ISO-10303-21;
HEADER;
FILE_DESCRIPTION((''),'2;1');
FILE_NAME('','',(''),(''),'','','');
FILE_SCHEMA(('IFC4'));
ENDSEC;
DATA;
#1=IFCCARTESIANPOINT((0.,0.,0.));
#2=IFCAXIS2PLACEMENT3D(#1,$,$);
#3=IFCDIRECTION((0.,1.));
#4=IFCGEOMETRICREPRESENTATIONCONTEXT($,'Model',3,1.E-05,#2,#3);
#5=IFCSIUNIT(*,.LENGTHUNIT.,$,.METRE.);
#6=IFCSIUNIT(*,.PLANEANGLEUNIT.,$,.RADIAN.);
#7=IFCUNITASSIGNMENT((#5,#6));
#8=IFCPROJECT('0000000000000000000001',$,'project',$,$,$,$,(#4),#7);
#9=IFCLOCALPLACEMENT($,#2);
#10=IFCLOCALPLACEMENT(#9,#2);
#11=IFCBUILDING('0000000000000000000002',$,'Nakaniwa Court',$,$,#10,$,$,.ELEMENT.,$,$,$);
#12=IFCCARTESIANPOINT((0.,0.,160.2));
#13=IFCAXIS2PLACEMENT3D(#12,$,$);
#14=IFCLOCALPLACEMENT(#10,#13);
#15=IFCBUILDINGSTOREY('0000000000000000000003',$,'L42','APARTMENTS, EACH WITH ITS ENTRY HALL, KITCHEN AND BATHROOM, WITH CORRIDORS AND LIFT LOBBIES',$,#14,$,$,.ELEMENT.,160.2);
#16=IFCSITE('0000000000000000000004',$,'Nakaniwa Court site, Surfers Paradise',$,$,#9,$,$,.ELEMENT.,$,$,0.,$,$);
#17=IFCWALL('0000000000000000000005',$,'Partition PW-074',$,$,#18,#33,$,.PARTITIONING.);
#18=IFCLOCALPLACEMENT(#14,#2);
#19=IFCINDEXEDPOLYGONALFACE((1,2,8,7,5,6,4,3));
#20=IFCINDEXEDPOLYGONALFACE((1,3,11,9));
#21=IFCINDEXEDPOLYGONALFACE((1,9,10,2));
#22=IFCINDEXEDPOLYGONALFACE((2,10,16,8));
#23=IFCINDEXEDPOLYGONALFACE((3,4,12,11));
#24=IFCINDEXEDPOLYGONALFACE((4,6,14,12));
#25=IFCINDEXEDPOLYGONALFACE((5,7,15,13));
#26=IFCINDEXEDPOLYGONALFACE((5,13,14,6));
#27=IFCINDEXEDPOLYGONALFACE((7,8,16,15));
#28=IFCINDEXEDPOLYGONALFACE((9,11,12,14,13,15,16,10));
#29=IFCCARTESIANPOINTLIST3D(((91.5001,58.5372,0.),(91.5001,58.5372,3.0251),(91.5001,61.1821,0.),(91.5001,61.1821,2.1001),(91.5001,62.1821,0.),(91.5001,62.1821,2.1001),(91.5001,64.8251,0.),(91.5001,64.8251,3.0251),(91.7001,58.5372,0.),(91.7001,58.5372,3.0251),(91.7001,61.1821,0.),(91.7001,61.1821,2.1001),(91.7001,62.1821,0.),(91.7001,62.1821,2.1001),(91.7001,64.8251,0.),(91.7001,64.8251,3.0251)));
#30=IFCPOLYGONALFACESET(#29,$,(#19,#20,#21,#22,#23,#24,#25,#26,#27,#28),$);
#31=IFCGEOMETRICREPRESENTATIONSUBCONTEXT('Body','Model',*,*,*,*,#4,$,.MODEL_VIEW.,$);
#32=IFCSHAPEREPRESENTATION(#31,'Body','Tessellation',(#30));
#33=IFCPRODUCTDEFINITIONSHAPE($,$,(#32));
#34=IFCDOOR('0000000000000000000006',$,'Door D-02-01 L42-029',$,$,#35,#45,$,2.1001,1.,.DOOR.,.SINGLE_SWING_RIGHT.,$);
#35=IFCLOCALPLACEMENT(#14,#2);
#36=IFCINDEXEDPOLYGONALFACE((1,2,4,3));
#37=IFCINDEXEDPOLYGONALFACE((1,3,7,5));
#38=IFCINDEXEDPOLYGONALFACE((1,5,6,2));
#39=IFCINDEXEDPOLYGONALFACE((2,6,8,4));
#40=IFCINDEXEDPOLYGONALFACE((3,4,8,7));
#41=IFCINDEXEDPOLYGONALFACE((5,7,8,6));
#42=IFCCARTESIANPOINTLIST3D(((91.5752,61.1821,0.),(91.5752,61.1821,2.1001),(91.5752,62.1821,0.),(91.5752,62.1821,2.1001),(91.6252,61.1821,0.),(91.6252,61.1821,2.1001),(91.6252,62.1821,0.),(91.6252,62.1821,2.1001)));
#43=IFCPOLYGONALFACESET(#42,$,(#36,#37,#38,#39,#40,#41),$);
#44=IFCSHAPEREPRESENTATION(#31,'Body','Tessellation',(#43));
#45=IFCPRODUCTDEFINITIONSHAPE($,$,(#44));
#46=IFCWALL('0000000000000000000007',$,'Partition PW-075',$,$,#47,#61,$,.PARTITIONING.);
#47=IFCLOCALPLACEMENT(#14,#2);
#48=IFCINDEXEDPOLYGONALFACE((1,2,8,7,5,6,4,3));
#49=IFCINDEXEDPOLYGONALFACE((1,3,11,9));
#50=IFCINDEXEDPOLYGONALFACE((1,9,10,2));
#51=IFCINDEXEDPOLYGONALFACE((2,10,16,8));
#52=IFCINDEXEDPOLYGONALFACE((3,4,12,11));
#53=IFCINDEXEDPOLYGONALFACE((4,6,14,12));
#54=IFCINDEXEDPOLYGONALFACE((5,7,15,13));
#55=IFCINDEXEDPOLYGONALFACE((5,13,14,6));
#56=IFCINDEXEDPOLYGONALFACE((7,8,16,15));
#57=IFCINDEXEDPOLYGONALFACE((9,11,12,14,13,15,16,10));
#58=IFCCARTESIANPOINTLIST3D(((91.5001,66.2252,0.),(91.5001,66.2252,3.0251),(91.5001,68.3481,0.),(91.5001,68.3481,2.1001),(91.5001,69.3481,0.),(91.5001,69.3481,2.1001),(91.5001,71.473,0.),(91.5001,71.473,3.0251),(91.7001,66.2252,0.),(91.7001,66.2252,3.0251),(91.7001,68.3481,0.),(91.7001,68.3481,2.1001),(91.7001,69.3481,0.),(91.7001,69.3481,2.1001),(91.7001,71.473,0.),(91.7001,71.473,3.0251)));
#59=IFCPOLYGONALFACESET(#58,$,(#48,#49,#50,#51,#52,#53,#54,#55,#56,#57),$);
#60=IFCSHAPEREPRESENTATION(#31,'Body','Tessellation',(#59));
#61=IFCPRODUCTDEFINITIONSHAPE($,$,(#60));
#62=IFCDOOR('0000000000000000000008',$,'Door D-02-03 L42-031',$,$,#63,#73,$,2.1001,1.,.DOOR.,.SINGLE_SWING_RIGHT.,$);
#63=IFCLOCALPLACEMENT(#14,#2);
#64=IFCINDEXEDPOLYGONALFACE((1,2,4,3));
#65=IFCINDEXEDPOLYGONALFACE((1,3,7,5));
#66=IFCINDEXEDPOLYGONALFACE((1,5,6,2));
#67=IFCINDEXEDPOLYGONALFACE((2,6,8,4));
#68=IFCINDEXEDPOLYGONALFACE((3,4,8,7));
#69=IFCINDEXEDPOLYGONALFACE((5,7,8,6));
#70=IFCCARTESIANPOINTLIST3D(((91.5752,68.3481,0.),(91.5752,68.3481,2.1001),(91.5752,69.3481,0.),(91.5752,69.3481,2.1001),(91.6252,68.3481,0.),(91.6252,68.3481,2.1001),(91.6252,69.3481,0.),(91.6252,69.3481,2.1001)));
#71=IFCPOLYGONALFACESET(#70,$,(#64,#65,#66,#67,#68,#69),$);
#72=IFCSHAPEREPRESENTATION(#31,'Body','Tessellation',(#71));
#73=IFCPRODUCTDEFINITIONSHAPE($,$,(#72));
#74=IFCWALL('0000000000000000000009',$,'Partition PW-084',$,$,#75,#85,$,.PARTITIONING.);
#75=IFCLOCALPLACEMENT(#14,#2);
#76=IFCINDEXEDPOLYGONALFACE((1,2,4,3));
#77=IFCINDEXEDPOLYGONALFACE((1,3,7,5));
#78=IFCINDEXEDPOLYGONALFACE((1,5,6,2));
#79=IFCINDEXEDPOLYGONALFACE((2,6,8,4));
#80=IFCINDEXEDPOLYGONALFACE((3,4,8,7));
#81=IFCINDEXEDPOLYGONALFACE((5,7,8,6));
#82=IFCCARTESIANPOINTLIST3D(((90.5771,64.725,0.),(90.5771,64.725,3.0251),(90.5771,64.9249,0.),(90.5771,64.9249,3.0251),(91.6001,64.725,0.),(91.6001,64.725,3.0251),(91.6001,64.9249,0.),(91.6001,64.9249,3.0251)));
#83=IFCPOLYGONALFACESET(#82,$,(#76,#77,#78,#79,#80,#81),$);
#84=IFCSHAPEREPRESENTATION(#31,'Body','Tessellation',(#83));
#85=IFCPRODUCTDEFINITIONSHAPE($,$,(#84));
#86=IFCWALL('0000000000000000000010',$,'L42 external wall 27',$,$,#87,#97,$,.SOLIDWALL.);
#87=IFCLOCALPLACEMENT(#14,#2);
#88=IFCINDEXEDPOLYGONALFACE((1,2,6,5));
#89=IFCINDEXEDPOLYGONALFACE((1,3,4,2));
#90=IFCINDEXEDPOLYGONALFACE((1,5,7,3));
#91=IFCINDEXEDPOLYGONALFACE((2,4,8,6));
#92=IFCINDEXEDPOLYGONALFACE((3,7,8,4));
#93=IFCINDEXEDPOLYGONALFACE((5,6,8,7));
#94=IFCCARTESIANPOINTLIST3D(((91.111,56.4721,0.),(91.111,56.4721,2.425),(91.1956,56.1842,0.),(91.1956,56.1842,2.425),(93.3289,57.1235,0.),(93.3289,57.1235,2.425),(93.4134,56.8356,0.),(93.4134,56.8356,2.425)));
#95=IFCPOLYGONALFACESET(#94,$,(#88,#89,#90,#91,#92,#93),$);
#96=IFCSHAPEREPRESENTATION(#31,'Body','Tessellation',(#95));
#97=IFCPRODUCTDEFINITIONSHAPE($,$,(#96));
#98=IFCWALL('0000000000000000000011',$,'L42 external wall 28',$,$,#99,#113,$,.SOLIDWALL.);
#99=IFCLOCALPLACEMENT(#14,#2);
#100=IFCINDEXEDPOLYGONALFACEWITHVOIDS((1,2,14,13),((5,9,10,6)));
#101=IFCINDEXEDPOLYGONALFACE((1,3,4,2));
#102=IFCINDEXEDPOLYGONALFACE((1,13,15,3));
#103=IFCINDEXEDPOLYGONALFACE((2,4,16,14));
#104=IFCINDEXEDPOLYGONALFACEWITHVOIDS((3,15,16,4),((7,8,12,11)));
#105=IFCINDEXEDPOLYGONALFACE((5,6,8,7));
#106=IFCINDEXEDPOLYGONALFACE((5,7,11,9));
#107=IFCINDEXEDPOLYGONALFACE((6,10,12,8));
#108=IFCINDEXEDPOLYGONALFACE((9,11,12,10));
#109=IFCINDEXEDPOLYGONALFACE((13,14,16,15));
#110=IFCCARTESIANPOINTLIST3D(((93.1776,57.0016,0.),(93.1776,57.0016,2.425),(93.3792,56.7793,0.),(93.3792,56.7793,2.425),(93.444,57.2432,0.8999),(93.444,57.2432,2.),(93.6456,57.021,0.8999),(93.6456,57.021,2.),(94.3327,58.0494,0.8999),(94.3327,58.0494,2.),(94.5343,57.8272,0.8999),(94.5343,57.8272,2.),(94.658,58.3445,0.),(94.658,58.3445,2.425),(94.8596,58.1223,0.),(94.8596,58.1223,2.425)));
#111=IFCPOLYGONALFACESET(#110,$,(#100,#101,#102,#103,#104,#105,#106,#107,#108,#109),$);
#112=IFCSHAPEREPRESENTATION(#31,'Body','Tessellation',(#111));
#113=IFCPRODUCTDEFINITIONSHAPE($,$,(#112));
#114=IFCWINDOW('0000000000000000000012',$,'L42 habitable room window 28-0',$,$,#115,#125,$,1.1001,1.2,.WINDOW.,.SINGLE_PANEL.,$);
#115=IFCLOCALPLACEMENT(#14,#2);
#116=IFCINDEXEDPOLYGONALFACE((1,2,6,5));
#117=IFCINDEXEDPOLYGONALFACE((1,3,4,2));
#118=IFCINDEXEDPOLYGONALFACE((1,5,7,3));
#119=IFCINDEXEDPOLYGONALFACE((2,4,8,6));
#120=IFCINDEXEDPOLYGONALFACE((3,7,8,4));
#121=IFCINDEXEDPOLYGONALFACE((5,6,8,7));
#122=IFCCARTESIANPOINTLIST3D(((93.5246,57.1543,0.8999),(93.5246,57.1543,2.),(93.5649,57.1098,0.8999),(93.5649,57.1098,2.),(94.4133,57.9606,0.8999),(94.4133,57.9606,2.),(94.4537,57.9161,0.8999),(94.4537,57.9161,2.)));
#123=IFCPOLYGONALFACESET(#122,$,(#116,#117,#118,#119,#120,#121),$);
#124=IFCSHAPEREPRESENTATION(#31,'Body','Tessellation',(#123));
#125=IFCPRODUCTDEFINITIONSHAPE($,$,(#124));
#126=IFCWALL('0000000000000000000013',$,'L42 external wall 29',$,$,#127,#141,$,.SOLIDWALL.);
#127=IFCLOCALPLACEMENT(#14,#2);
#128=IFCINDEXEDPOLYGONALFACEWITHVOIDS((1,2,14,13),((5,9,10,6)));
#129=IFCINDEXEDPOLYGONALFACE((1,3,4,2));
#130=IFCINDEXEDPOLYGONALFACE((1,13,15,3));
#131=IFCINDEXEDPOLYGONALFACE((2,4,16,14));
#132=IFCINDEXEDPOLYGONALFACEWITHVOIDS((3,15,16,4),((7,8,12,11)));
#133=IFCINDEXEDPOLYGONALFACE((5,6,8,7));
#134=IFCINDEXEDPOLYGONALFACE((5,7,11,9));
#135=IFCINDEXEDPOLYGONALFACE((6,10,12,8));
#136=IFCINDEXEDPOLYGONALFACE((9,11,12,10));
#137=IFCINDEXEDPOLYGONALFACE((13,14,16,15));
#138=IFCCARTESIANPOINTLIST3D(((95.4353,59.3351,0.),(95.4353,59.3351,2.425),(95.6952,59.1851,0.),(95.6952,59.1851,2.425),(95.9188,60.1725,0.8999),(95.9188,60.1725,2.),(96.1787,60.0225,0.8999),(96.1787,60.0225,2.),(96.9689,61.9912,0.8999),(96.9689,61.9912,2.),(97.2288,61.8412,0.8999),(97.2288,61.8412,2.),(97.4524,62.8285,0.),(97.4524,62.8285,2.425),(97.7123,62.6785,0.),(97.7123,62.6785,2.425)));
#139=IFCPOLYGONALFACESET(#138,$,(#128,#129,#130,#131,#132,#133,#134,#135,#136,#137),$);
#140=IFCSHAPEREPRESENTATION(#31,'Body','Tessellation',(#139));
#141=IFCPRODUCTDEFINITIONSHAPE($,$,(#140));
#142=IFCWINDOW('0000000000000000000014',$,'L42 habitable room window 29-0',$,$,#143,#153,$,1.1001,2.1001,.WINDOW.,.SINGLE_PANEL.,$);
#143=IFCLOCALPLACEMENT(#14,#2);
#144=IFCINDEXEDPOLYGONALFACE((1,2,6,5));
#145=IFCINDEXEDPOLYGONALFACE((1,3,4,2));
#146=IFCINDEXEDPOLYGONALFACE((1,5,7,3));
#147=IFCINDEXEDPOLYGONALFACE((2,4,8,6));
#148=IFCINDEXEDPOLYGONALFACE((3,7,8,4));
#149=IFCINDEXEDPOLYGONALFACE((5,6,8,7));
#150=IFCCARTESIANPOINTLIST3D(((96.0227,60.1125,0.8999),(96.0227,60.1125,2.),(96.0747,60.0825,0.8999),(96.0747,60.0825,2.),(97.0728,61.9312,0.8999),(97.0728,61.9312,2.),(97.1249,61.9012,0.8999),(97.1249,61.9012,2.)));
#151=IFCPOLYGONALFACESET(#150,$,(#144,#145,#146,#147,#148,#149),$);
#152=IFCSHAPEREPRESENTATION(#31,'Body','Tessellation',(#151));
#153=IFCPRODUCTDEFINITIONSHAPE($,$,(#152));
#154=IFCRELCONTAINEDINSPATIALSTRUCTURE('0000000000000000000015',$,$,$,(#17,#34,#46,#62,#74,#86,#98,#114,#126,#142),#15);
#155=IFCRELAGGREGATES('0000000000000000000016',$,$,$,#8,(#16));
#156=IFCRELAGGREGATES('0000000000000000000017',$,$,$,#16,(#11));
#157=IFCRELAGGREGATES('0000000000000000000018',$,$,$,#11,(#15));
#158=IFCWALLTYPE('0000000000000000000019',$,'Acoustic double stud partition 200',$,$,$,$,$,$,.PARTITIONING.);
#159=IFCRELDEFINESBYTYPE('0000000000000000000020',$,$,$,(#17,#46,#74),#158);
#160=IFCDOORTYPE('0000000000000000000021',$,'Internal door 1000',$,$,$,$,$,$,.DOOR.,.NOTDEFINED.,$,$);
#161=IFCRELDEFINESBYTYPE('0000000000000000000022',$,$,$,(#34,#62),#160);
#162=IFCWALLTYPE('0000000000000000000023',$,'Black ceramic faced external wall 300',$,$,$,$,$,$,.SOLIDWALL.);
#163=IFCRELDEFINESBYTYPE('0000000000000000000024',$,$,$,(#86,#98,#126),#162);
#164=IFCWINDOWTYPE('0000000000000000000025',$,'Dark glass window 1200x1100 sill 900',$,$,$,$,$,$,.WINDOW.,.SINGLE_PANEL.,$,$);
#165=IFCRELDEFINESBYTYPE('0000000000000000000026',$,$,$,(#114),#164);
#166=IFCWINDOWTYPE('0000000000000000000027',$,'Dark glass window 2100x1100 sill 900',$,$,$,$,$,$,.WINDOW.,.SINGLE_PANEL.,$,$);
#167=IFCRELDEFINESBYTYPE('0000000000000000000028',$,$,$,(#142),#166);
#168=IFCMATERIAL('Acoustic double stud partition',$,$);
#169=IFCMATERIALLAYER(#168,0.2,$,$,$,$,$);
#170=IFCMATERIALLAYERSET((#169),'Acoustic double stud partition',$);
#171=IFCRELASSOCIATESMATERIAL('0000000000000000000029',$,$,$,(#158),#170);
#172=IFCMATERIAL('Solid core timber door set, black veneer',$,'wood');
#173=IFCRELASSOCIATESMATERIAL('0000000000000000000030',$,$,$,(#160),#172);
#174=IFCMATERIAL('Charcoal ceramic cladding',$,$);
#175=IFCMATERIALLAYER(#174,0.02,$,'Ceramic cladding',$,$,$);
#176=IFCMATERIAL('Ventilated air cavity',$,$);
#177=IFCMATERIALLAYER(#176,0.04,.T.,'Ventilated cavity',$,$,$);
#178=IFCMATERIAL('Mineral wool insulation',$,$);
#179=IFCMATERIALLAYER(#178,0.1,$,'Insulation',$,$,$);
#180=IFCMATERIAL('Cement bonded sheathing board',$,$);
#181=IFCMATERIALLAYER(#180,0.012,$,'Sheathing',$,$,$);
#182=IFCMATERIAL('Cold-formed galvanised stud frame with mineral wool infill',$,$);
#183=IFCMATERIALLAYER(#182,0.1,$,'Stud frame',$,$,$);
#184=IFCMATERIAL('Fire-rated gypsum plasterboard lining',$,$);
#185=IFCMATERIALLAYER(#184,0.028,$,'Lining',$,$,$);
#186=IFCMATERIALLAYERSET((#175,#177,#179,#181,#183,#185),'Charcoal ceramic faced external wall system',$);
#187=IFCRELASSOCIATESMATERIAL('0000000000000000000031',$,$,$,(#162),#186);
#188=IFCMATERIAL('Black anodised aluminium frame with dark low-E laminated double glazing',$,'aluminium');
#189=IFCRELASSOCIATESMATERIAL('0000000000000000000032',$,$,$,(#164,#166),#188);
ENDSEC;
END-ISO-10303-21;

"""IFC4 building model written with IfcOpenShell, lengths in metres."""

from ifc_helpers import new_model, si_unit, direction, frame, frame_2d, origin, place, context, subcontext, project, spatial, rectangle, extrude, material, layer, layer_set, type_object, element, fill, save


model = new_model("IFC4")

# Units and contexts
model_context = context("Model", 3, precision=1e-05, world=origin(), true_north=direction((0.0, 1.0)))
body_context = subcontext(model_context, "Body", "Model", "MODEL_VIEW")
ifc_project = project(units=[si_unit("LENGTHUNIT", "METRE"), si_unit("PLANEANGLEUNIT", "RADIAN")], contexts=[model_context])

# Site, building, storey
site_placement = place(None, origin())
site = spatial("IfcSite", under=ifc_project, at=site_placement, Name="Nakaniwa Court site, Surfers Paradise", CompositionType="ELEMENT", RefElevation=0.0)
building_placement = place(site_placement, origin())
building = spatial("IfcBuilding", under=site, at=building_placement, Name="Nakaniwa Court", CompositionType="ELEMENT")
storey_placement = place(building_placement, frame((0.0, 0.0, 160.2)))
storey = spatial("IfcBuildingStorey", under=building, at=storey_placement, Name="L42", Description="APARTMENTS, EACH WITH ITS ENTRY HALL, KITCHEN AND BATHROOM, WITH CORRIDORS AND LIFT LOBBIES", CompositionType="ELEMENT", Elevation=160.2)

# Shared definitions
ifc_material_1 = material(Name="Acoustic double stud partition")
ifc_layer_1 = layer(ifc_material_1, 0.2)
ifc_layer_set_1 = layer_set([ifc_layer_1], Name="Acoustic double stud partition")
wall_type_1 = type_object("IfcWallType", Name="Acoustic double stud partition 200", PredefinedType="PARTITIONING", material=ifc_layer_set_1)

# Walls, openings, doors
wall_1_placement = place(storey_placement, frame((91.6001, 58.5371, 0.0), z_axis=(0.0, 0.0, 1.0), x_axis=(0.0, 1.0, 0.0)))
wall_1 = element("IfcWall", 1, at=wall_1_placement, inside=storey, type_object=wall_type_1, Name="Partition PW-074", PredefinedType="PARTITIONING", context=body_context, shape_type="SweptSolid", body=[
    extrude(rectangle(XDim=6.2878, YDim=0.2, at=frame_2d((3.144, 0.0))), origin(), (0.0, 0.0, 1.0), 3.0251),
])
opening_1_placement = place(wall_1_placement, frame((2.645, 0.0, 0.0)))
opening_1 = element("IfcOpeningElement", 2, at=opening_1_placement, cuts=wall_1, PredefinedType="OPENING", context=body_context, shape_type="SweptSolid", body=[
    extrude(rectangle(XDim=1.0, YDim=2.1001, at=frame_2d((0.5, 1.05))), frame((0.0, 0.1099, 0.0), z_axis=(0.0, -1.0, 0.0), x_axis=(1.0, 0.0, 0.0)), (0.0, 0.0, 1.0), 0.22),
])
ifc_material_2 = material(Name="Solid core timber door set, black veneer", Category="wood")
door_type = type_object("IfcDoorType", Name="Internal door 1000", OperationType="NOTDEFINED", PredefinedType="DOOR", material=ifc_material_2)
door_1_placement = place(opening_1_placement, origin())
door_1 = element("IfcDoor", 3, at=door_1_placement, inside=storey, type_object=door_type, Name="Door D-02-01 L42-029", OperationType="SINGLE_SWING_RIGHT", OverallHeight=2.1001, OverallWidth=1.0, PredefinedType="DOOR", context=body_context, shape_type="SweptSolid", body=[
    extrude(rectangle(XDim=1.0, YDim=2.1001, at=frame_2d((0.5, 1.05))), frame((0.0, 0.0249, 0.0), z_axis=(0.0, -1.0, 0.0), x_axis=(1.0, 0.0, 0.0)), (0.0, 0.0, 1.0), 0.05),
])
fill(opening_1, door_1)
wall_2_placement = place(storey_placement, frame((91.6001, 66.2251, 0.0), z_axis=(0.0, 0.0, 1.0), x_axis=(0.0, 1.0, 0.0)))
wall_2 = element("IfcWall", 4, at=wall_2_placement, inside=storey, type_object=wall_type_1, Name="Partition PW-075", PredefinedType="PARTITIONING", context=body_context, shape_type="SweptSolid", body=[
    extrude(rectangle(XDim=5.2478, YDim=0.2, at=frame_2d((2.624, 0.0))), origin(), (0.0, 0.0, 1.0), 3.0251),
])
opening_2_placement = place(wall_2_placement, frame((2.123, 0.0, 0.0)))
opening_2 = element("IfcOpeningElement", 5, at=opening_2_placement, cuts=wall_2, PredefinedType="OPENING", context=body_context, shape_type="SweptSolid", body=[
    extrude(rectangle(XDim=1.0, YDim=2.1001, at=frame_2d((0.5, 1.05))), frame((0.0, 0.1099, 0.0), z_axis=(0.0, -1.0, 0.0), x_axis=(1.0, 0.0, 0.0)), (0.0, 0.0, 1.0), 0.22),
])
door_2_placement = place(opening_2_placement, origin())
door_2 = element("IfcDoor", 6, at=door_2_placement, inside=storey, type_object=door_type, Name="Door D-02-03 L42-031", OperationType="SINGLE_SWING_RIGHT", OverallHeight=2.1001, OverallWidth=1.0, PredefinedType="DOOR", context=body_context, shape_type="SweptSolid", body=[
    extrude(rectangle(XDim=1.0, YDim=2.1001, at=frame_2d((0.5, 1.05))), frame((0.0, 0.0249, 0.0), z_axis=(0.0, -1.0, 0.0), x_axis=(1.0, 0.0, 0.0)), (0.0, 0.0, 1.0), 0.05),
])
fill(opening_2, door_2)

# Walls
wall_3_placement = place(storey_placement, frame((90.5771, 64.825, 0.0), z_axis=(0.0, 0.0, 1.0), x_axis=(1.0, 0.0, 0.0)))
element("IfcWall", 7, at=wall_3_placement, inside=storey, type_object=wall_type_1, Name="Partition PW-084", PredefinedType="PARTITIONING", context=body_context, shape_type="SweptSolid", body=[
    extrude(rectangle(XDim=1.0229, YDim=0.2, at=frame_2d((0.5115, 0.0))), origin(), (0.0, 0.0, 1.0), 3.0251),
])
ifc_material_3 = material(Name="Charcoal ceramic cladding")
ifc_layer_2 = layer(ifc_material_3, 0.02, Name="Ceramic cladding")
ifc_material_4 = material(Name="Ventilated air cavity")
ifc_layer_3 = layer(ifc_material_4, 0.04, ventilated=True, Name="Ventilated cavity")
ifc_material_5 = material(Name="Mineral wool insulation")
ifc_layer_4 = layer(ifc_material_5, 0.1, Name="Insulation")
ifc_material_6 = material(Name="Cement bonded sheathing board")
ifc_layer_5 = layer(ifc_material_6, 0.012, Name="Sheathing")
ifc_material_7 = material(Name="Cold-formed galvanised stud frame with mineral wool infill")
ifc_layer_6 = layer(ifc_material_7, 0.1, Name="Stud frame")
ifc_material_8 = material(Name="Fire-rated gypsum plasterboard lining")
ifc_layer_7 = layer(ifc_material_8, 0.028, Name="Lining")
ifc_layer_set_2 = layer_set([ifc_layer_2, ifc_layer_3, ifc_layer_4, ifc_layer_5, ifc_layer_6, ifc_layer_7], Name="Charcoal ceramic faced external wall system")
wall_type_2 = type_object("IfcWallType", Name="Black ceramic faced external wall 300", PredefinedType="SOLIDWALL", material=ifc_layer_set_2)
wall_4_placement = place(storey_placement, frame((91.1533, 56.3281, 0.0), z_axis=(0.0, 0.0, 1.0), x_axis=(0.959473, 0.2818, 0.0)))
element("IfcWall", 8, at=wall_4_placement, inside=storey, type_object=wall_type_2, Name="L42 external wall 27", PredefinedType="SOLIDWALL", context=body_context, shape_type="SweptSolid", body=[
    extrude(rectangle(XDim=2.3115, YDim=0.3, at=frame_2d((1.1558, 0.0))), origin(), (0.0, 0.0, 1.0), 2.425),
])

# Walls, openings, windows
wall_5_placement = place(storey_placement, frame((93.2783, 56.8904, 0.0), z_axis=(0.0, 0.0, 1.0), x_axis=(0.740653, 0.671888, 0.0)))
wall_5 = element("IfcWall", 9, at=wall_5_placement, inside=storey, type_object=wall_type_2, Name="L42 external wall 28", PredefinedType="SOLIDWALL", context=body_context, shape_type="SweptSolid", body=[
    extrude(rectangle(XDim=1.9988, YDim=0.3, at=frame_2d((0.9995, 0.0))), origin(), (0.0, 0.0, 1.0), 2.425),
])
opening_3_placement = place(wall_5_placement, frame((0.3596, 0.0, 0.8999)))
opening_3 = element("IfcOpeningElement", 10, at=opening_3_placement, cuts=wall_5, PredefinedType="OPENING", context=body_context, shape_type="SweptSolid", body=[
    extrude(rectangle(XDim=1.2, YDim=1.1001, at=frame_2d((0.6001, 0.55))), frame((0.0, 0.1599, 0.0), z_axis=(0.0, -1.0, 0.0), x_axis=(1.0, 0.0, 0.0)), (0.0, 0.0, 1.0), 0.3201),
])
ifc_material_9 = material(Name="Black anodised aluminium frame with dark low-E laminated double glazing", Category="aluminium")
window_type_1 = type_object("IfcWindowType", Name="Dark glass window 1200x1100 sill 900", PartitioningType="SINGLE_PANEL", PredefinedType="WINDOW", material=ifc_material_9)
window_1_placement = place(opening_3_placement, origin())
window_1 = element("IfcWindow", 11, at=window_1_placement, inside=storey, type_object=window_type_1, Name="L42 habitable room window 28-0", OverallHeight=1.1001, OverallWidth=1.2, PartitioningType="SINGLE_PANEL", PredefinedType="WINDOW", context=body_context, shape_type="SweptSolid", body=[
    extrude(rectangle(XDim=1.2, YDim=1.1001, at=frame_2d((0.6001, 0.55))), frame((0.0, 0.03, 0.0), z_axis=(0.0, -1.0, 0.0), x_axis=(1.0, 0.0, 0.0)), (0.0, 0.0, 1.0), 0.0601),
])
fill(opening_3, window_1)
wall_6_placement = place(storey_placement, frame((95.5652, 59.26, 0.0), z_axis=(0.0, 0.0, 1.0), x_axis=(0.500032, 0.866007, 0.0)))
wall_6 = element("IfcWall", 12, at=wall_6_placement, inside=storey, type_object=wall_type_2, Name="L42 external wall 29", PredefinedType="SOLIDWALL", context=body_context, shape_type="SweptSolid", body=[
    extrude(rectangle(XDim=4.0339, YDim=0.3, at=frame_2d((2.0171, 0.0))), origin(), (0.0, 0.0, 1.0), 2.425),
])
opening_4_placement = place(wall_6_placement, frame((0.967, 0.0, 0.8999)))
opening_4 = element("IfcOpeningElement", 13, at=opening_4_placement, cuts=wall_6, PredefinedType="OPENING", context=body_context, shape_type="SweptSolid", body=[
    extrude(rectangle(XDim=2.1001, YDim=1.1001, at=frame_2d((1.05, 0.55))), frame((0.0, 0.1599, 0.0), z_axis=(0.0, -1.0, 0.0), x_axis=(1.0, 0.0, 0.0)), (0.0, 0.0, 1.0), 0.3201),
])
window_type_2 = type_object("IfcWindowType", Name="Dark glass window 2100x1100 sill 900", PartitioningType="SINGLE_PANEL", PredefinedType="WINDOW", material=ifc_material_9)
window_2_placement = place(opening_4_placement, origin())
window_2 = element("IfcWindow", 14, at=window_2_placement, inside=storey, type_object=window_type_2, Name="L42 habitable room window 29-0", OverallHeight=1.1001, OverallWidth=2.1001, PartitioningType="SINGLE_PANEL", PredefinedType="WINDOW", context=body_context, shape_type="SweptSolid", body=[
    extrude(rectangle(XDim=2.1001, YDim=1.1001, at=frame_2d((1.05, 0.55))), frame((0.0, 0.03, 0.0), z_axis=(0.0, -1.0, 0.0), x_axis=(1.0, 0.0, 0.0)), (0.0, 0.0, 1.0), 0.0601),
])
fill(opening_4, window_2)

save(model, "model.ifc")
